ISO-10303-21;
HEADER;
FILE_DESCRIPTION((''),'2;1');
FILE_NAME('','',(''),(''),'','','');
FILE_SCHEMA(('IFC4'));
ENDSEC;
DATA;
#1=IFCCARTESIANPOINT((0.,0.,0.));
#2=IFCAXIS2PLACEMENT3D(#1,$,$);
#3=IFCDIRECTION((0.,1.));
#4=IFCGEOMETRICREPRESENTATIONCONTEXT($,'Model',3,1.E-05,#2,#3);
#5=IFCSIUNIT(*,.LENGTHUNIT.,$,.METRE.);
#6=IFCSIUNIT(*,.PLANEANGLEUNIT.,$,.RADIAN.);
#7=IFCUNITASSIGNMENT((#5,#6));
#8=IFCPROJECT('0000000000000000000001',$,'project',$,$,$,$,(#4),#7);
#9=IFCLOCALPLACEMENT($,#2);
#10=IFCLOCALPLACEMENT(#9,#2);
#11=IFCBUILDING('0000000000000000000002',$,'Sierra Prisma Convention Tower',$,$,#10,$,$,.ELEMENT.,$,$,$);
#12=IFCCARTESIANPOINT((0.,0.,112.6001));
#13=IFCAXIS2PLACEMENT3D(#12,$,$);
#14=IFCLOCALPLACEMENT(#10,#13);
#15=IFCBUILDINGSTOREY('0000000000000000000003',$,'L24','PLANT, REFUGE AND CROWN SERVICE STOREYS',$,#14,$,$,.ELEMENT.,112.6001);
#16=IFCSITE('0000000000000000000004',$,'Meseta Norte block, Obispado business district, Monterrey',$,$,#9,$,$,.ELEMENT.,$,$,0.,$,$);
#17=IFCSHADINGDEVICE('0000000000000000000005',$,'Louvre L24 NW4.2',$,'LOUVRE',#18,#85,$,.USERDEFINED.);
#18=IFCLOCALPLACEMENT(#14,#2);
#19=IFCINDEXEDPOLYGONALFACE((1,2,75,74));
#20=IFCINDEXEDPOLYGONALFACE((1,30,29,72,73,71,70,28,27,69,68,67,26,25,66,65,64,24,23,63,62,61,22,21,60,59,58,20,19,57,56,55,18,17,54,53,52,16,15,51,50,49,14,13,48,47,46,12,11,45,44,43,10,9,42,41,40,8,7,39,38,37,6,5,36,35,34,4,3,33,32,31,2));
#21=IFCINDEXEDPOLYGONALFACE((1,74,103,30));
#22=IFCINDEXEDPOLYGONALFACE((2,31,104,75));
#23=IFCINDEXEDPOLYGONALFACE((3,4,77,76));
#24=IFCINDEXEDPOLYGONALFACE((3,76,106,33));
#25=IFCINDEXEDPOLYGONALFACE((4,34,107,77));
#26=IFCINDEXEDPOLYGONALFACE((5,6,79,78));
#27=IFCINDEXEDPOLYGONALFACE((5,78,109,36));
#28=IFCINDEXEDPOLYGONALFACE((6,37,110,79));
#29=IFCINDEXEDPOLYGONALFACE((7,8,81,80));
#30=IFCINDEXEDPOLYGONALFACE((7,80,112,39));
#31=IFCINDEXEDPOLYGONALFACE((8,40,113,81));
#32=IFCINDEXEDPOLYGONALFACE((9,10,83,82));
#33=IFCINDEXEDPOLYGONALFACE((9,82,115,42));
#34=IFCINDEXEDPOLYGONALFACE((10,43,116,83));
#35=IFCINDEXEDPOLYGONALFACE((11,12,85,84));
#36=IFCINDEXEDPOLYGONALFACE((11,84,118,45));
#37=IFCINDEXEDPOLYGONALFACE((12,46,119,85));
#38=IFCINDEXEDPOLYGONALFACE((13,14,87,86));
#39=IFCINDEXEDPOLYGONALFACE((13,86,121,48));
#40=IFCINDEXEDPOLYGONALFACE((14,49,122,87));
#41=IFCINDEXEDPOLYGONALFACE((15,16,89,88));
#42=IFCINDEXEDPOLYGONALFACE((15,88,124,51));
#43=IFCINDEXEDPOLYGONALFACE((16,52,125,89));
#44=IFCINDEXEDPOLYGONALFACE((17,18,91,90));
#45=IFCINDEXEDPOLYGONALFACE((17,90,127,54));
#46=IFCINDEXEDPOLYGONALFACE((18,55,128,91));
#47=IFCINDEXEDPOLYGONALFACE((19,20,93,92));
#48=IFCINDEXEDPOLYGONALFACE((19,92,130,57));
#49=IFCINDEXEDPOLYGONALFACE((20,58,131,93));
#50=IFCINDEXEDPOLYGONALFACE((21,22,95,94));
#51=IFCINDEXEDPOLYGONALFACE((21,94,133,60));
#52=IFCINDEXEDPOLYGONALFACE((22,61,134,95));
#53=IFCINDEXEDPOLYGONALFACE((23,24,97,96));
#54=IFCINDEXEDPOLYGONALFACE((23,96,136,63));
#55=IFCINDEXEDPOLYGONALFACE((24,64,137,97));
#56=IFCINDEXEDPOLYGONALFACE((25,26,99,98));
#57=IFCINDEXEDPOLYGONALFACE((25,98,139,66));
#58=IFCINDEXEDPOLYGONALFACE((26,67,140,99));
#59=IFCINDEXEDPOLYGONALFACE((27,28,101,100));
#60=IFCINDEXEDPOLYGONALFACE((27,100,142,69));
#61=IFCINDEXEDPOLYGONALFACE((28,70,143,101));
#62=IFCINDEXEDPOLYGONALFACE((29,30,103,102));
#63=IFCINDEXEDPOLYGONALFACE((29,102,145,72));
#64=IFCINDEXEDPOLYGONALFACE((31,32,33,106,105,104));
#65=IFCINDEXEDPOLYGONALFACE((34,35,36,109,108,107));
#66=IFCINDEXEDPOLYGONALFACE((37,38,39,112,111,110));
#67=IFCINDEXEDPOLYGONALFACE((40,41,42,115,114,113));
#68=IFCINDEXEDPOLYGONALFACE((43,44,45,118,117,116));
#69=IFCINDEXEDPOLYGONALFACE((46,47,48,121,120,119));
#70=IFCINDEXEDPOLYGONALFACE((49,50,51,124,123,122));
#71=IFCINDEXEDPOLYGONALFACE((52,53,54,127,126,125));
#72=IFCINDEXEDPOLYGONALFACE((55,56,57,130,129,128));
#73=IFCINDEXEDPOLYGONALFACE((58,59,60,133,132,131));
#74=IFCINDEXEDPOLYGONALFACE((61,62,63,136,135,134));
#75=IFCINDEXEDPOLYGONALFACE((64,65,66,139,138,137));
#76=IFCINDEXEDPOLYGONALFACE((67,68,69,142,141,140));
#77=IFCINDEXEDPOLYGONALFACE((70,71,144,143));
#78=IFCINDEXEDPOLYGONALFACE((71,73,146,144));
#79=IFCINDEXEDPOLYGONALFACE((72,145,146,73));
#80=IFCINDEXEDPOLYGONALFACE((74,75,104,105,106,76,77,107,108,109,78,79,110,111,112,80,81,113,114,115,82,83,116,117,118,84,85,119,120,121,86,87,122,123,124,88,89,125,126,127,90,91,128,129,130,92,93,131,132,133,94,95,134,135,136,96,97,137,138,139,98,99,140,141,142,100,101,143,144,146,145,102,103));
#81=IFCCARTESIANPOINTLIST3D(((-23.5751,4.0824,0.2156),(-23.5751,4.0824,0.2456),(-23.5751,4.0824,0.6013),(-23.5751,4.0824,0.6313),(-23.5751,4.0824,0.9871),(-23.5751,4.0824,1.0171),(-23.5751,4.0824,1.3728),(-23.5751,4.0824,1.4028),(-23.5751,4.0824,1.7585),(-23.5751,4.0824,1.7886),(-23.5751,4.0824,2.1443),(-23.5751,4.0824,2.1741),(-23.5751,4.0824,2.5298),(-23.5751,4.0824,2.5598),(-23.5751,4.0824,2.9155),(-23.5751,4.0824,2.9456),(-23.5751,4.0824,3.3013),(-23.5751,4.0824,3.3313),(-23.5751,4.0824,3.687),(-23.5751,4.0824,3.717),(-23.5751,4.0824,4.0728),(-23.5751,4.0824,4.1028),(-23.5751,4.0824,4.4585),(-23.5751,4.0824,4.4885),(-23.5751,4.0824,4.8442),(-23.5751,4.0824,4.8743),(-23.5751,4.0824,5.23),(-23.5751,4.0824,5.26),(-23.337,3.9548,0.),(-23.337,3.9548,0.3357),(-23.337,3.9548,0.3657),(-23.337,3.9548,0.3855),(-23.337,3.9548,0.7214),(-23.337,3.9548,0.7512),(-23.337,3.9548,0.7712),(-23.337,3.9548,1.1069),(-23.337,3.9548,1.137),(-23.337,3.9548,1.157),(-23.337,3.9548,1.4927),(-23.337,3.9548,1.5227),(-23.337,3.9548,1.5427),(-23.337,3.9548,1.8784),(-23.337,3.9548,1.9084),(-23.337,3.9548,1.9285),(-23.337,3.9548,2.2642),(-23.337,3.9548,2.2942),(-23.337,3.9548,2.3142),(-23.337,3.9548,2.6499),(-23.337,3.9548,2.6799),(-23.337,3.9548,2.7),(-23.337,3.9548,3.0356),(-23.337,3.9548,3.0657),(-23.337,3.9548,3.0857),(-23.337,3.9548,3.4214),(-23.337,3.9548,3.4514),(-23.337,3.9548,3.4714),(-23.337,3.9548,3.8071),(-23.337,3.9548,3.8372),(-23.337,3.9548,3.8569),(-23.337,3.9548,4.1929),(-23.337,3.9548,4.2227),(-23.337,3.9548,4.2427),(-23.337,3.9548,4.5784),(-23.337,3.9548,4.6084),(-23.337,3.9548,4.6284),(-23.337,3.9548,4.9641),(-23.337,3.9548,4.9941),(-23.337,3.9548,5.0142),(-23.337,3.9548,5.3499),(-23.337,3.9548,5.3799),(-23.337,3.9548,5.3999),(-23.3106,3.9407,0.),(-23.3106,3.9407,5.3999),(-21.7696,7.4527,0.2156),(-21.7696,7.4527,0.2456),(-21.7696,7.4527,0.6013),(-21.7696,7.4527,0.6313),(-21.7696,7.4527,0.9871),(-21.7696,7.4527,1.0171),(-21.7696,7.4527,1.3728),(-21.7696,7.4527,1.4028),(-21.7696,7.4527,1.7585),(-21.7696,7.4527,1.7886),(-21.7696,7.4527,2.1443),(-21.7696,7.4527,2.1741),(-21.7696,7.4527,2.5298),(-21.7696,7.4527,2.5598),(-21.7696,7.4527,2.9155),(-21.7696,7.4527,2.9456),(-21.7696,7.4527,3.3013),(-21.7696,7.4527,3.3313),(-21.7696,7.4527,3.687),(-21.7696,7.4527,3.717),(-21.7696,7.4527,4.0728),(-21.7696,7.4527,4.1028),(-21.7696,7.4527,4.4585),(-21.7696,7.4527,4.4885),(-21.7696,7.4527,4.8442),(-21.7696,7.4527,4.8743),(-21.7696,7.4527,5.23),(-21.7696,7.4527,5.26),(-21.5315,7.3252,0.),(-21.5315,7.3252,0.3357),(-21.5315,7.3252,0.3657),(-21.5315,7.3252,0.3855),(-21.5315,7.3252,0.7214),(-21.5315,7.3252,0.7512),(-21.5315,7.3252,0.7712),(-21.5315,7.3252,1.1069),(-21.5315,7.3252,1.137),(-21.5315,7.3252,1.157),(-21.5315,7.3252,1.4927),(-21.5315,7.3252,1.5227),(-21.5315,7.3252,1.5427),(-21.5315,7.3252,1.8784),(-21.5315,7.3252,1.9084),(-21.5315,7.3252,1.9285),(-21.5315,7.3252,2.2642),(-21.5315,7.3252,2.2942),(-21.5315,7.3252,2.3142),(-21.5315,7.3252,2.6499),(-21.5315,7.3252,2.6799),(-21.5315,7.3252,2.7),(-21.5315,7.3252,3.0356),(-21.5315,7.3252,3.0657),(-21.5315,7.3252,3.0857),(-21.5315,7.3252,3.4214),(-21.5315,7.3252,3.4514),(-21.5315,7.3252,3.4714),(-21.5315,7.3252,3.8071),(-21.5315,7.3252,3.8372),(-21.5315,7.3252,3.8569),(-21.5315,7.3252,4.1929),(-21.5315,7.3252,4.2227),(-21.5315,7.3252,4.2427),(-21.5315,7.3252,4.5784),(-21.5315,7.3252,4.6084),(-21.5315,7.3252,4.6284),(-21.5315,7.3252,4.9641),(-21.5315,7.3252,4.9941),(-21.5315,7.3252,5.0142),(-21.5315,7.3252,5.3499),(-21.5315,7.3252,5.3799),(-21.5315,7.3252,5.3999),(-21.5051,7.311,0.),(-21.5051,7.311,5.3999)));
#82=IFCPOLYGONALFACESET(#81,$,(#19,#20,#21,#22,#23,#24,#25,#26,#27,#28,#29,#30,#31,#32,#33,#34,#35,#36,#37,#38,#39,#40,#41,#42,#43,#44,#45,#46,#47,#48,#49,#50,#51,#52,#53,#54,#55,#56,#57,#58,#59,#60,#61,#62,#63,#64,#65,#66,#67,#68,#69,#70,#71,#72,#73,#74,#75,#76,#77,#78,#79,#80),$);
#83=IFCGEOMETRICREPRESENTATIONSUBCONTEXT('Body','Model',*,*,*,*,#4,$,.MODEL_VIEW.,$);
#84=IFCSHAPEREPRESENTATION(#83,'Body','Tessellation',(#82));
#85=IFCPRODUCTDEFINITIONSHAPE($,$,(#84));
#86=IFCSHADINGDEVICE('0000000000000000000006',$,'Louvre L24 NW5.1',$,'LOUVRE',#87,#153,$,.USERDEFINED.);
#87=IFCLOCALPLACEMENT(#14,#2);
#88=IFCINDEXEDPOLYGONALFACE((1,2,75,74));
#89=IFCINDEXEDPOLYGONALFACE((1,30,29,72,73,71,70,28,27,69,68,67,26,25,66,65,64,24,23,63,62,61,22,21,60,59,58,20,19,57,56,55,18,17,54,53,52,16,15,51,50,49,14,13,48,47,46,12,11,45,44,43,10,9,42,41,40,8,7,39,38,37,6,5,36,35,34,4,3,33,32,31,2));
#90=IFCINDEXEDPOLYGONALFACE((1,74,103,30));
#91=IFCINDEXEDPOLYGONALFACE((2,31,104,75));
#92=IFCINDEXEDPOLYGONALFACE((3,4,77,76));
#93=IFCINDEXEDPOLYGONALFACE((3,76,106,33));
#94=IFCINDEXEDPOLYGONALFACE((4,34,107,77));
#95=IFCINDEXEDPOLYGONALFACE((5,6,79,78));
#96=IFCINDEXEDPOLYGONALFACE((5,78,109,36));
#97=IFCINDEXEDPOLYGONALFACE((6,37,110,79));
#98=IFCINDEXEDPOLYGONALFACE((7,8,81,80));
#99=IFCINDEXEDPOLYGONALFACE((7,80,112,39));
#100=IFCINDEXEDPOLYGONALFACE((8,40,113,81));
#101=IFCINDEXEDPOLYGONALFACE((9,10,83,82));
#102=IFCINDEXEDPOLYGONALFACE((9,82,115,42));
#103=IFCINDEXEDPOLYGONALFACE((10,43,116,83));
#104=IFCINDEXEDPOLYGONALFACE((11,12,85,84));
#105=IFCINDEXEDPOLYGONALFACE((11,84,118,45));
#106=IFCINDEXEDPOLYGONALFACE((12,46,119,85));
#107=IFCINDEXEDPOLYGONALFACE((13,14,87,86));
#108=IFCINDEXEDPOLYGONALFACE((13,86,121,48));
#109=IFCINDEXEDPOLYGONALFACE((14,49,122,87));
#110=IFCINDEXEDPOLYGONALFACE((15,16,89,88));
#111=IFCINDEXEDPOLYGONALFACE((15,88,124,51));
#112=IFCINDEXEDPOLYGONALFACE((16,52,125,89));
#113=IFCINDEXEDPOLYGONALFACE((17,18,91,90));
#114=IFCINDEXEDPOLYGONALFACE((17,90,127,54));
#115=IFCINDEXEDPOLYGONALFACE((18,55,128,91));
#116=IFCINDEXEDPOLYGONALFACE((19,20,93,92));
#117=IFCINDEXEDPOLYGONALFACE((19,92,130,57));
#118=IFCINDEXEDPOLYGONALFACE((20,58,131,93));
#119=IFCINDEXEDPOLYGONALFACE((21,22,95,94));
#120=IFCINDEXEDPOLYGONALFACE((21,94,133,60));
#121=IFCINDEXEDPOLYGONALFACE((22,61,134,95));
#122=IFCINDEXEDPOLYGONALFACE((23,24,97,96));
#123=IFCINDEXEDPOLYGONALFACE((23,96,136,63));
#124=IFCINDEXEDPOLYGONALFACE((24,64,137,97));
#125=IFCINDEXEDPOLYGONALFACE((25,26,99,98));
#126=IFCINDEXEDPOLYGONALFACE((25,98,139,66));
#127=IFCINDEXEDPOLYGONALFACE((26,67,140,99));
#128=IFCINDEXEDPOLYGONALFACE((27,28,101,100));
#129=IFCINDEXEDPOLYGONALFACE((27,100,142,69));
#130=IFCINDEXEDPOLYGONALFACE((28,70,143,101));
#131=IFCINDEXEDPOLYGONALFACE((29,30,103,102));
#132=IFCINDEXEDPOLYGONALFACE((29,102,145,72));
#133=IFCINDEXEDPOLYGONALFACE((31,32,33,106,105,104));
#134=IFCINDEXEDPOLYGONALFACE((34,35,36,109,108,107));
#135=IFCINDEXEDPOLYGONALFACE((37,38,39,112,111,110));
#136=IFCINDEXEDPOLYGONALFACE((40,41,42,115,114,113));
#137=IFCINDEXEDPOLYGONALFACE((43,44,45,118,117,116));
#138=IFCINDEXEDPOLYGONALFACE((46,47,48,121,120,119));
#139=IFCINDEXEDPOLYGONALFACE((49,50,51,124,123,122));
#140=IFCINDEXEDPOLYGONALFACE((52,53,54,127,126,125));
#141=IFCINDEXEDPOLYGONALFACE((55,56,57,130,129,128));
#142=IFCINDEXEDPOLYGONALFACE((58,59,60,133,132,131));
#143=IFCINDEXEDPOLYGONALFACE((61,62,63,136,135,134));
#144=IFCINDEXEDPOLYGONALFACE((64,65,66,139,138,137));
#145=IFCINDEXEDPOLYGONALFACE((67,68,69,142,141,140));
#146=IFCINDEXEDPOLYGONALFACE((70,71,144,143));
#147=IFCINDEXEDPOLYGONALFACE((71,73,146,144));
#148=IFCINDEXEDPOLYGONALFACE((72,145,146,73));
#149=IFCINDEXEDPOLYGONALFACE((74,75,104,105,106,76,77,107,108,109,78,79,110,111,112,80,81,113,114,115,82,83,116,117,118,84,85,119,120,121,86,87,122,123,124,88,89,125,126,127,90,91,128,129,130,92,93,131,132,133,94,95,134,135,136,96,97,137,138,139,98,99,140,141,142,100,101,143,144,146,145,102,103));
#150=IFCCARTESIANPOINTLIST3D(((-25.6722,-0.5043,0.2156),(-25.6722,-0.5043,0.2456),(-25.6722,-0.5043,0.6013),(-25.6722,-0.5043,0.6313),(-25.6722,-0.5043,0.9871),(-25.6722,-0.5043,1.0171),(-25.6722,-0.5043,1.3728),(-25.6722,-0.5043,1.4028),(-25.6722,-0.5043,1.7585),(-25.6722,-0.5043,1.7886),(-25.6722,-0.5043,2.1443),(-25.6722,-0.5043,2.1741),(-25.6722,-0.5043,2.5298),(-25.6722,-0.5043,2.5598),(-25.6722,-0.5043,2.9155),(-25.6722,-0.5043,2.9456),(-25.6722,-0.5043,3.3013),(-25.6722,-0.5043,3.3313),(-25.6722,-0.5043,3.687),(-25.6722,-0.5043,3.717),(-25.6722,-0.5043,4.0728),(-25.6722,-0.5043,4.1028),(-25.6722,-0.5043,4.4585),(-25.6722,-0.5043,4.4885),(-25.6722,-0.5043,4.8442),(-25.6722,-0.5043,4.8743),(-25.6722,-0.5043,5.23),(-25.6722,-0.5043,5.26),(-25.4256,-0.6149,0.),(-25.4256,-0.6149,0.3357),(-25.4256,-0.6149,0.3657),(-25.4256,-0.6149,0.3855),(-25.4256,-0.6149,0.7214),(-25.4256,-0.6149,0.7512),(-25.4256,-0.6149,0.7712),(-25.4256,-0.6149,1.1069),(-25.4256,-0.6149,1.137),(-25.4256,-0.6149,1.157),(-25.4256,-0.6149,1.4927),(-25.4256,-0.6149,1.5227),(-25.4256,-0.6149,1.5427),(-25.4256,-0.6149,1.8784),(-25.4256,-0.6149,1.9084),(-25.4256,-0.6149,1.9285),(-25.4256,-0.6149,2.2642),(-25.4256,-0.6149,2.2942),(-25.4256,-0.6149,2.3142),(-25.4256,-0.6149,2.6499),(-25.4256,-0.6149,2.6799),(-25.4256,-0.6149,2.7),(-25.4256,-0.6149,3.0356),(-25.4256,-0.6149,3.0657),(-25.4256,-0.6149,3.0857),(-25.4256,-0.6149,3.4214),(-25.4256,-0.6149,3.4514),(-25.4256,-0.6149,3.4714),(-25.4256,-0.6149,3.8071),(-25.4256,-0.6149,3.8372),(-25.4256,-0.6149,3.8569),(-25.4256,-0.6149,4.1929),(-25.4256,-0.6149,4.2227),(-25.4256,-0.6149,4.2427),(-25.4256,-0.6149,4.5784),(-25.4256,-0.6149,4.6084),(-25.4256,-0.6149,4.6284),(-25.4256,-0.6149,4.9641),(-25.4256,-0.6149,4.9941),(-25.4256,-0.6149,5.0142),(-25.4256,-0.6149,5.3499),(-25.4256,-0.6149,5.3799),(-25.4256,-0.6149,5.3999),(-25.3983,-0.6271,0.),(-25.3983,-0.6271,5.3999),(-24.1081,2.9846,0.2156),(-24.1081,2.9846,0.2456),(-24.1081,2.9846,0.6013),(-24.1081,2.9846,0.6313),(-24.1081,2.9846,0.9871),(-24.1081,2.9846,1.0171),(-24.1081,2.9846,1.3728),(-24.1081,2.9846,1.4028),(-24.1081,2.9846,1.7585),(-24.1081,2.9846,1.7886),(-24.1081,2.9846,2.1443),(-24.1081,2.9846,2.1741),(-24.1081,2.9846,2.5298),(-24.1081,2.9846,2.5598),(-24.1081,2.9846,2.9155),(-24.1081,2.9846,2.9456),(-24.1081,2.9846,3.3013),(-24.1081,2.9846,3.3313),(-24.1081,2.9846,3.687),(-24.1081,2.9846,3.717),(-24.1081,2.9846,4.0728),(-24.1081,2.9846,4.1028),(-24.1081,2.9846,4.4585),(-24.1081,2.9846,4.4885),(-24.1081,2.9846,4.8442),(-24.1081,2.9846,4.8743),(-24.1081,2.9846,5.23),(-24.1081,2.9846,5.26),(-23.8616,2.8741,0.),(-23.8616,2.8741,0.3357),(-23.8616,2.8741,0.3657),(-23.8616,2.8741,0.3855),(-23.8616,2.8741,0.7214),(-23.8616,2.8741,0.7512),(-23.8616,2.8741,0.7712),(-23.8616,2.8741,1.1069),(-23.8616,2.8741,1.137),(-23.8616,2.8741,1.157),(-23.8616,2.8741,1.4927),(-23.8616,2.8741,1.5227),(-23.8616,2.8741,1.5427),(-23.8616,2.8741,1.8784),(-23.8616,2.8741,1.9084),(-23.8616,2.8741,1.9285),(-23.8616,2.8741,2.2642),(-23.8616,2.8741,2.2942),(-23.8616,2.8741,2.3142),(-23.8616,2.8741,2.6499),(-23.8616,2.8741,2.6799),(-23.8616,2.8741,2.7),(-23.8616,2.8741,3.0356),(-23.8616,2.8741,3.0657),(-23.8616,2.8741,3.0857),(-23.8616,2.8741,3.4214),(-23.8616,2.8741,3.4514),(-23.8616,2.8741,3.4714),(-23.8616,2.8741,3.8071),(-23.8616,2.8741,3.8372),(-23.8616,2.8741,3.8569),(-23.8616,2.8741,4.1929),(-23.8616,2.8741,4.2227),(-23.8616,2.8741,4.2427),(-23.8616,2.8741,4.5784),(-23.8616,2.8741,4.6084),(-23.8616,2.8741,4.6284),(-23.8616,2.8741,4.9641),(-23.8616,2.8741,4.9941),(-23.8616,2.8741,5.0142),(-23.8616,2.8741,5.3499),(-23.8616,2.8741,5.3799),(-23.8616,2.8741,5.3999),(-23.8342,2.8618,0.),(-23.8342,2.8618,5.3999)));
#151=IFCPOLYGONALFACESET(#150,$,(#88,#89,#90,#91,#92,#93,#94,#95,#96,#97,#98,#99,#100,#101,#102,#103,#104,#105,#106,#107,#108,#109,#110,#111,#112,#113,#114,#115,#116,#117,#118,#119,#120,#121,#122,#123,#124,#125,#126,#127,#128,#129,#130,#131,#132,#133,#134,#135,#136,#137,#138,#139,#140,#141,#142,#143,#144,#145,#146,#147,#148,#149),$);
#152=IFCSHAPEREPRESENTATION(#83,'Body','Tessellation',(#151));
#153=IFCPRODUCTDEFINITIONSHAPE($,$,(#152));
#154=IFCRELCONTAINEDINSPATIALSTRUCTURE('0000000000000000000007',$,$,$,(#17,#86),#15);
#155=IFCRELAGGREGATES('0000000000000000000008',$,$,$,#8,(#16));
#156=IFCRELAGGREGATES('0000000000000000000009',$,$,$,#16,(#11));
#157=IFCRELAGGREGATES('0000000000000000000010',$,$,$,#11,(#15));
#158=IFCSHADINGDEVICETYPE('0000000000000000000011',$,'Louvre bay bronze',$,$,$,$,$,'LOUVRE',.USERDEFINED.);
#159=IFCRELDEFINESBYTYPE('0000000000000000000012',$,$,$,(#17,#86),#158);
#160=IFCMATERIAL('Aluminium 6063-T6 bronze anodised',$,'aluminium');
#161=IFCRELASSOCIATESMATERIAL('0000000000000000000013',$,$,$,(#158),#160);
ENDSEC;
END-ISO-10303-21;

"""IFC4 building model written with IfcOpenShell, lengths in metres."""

from ifc_helpers import new_model, si_unit, direction, frame, origin, place, context, subcontext, project, spatial, polyline, outline, extrude, material, type_object, element, save


model = new_model("IFC4")

# Units and contexts
model_context = context("Model", 3, precision=1e-05, world=origin(), true_north=direction((0.0, 1.0)))
body_context = subcontext(model_context, "Body", "Model", "MODEL_VIEW")
ifc_project = project(units=[si_unit("LENGTHUNIT", "METRE"), si_unit("PLANEANGLEUNIT", "RADIAN")], contexts=[model_context])

# Site, building, storey
site_placement = place(None, origin())
site = spatial("IfcSite", under=ifc_project, at=site_placement, Name="Meseta Norte block, Obispado business district, Monterrey", CompositionType="ELEMENT", RefElevation=0.0)
building_placement = place(site_placement, origin())
building = spatial("IfcBuilding", under=site, at=building_placement, Name="Sierra Prisma Convention Tower", CompositionType="ELEMENT")
storey_placement = place(building_placement, frame((0.0, 0.0, 112.6001)))
storey = spatial("IfcBuildingStorey", under=building, at=storey_placement, Name="L24", Description="PLANT, REFUGE AND CROWN SERVICE STOREYS", CompositionType="ELEMENT", Elevation=112.6001)

# Shading devices
ifc_material_1 = material(Name="Aluminium 6063-T6 bronze anodised", Category="aluminium")
shading_device_type = type_object("IfcShadingDeviceType", Name="Louvre bay bronze", ElementType="LOUVRE", PredefinedType="USERDEFINED", material=ifc_material_1)
shading_device_1_placement = place(storey_placement, frame((-21.5051, 7.311, 0.0), z_axis=(0.472215, 0.881483, 0.0), x_axis=(0.0, 0.0, 1.0)))
element("IfcShadingDevice", 1, at=shading_device_1_placement, inside=storey, type_object=shading_device_type, Name="Louvre L24 NW4.2", ObjectType="LOUVRE", PredefinedType="USERDEFINED", context=body_context, shape_type="SweptSolid", body=[
    extrude(outline(polyline([(0.0, 0.0), (5.3999, 0.0), (5.3999, -0.0299), (5.3799, -0.0299), (5.26, -0.3), (5.23, -0.3), (5.3499, -0.0299), (5.0142, -0.0299), (4.9941, -0.0299), (4.8743, -0.3), (4.8442, -0.3), (4.9641, -0.0299), (4.6284, -0.0299), (4.6084, -0.0299), (4.4885, -0.3), (4.4585, -0.3), (4.5784, -0.0299), (4.2427, -0.0299), (4.2227, -0.0299), (4.1028, -0.3), (4.0728, -0.3), (4.1929, -0.0299), (3.8569, -0.0299), (3.8372, -0.0299), (3.717, -0.3), (3.687, -0.3), (3.8071, -0.0299), (3.4714, -0.0299), (3.4514, -0.0299), (3.3313, -0.3), (3.3013, -0.3), (3.4214, -0.0299), (3.0857, -0.0299), (3.0657, -0.0299), (2.9456, -0.3), (2.9155, -0.3), (3.0356, -0.0299), (2.7, -0.0299), (2.6799, -0.0299), (2.5598, -0.3), (2.5298, -0.3), (2.6499, -0.0299), (2.3142, -0.0299), (2.2942, -0.0299), (2.1741, -0.3), (2.1443, -0.3), (2.2642, -0.0299), (1.9285, -0.0299), (1.9084, -0.0299), (1.7886, -0.3), (1.7585, -0.3), (1.8784, -0.0299), (1.5427, -0.0299), (1.5227, -0.0299), (1.4028, -0.3), (1.3728, -0.3), (1.4927, -0.0299), (1.157, -0.0299), (1.137, -0.0299), (1.0171, -0.3), (0.9871, -0.3), (1.1069, -0.0299), (0.7712, -0.0299), (0.7512, -0.0299), (0.6313, -0.3), (0.6013, -0.3), (0.7214, -0.0299), (0.3855, -0.0299), (0.3657, -0.0299), (0.2456, -0.3), (0.2156, -0.3), (0.3357, -0.0299), (0.0, -0.0299), (0.0, 0.0)])), origin(), (0.0, 0.0, -1.0), 3.8235),
])
shading_device_2_placement = place(storey_placement, frame((-23.8342, 2.8618, 0.0), z_axis=(0.409065, 0.912505, 0.0), x_axis=(0.0, 0.0, 1.0)))
element("IfcShadingDevice", 2, at=shading_device_2_placement, inside=storey, type_object=shading_device_type, Name="Louvre L24 NW5.1", ObjectType="LOUVRE", PredefinedType="USERDEFINED", context=body_context, shape_type="SweptSolid", body=[
    extrude(outline(polyline([(0.0, 0.0), (5.3999, 0.0), (5.3999, -0.0299), (5.3799, -0.0299), (5.26, -0.3002), (5.23, -0.3002), (5.3499, -0.0299), (5.0142, -0.0299), (4.9941, -0.0299), (4.8743, -0.3002), (4.8442, -0.3002), (4.9641, -0.0299), (4.6284, -0.0299), (4.6084, -0.0299), (4.4885, -0.3002), (4.4585, -0.3002), (4.5784, -0.0299), (4.2427, -0.0299), (4.2227, -0.0299), (4.1028, -0.3002), (4.0728, -0.3002), (4.1929, -0.0299), (3.8569, -0.0299), (3.8372, -0.0299), (3.717, -0.3002), (3.687, -0.3002), (3.8071, -0.0299), (3.4714, -0.0299), (3.4514, -0.0299), (3.3313, -0.3002), (3.3013, -0.3002), (3.4214, -0.0299), (3.0857, -0.0299), (3.0657, -0.0299), (2.9456, -0.3002), (2.9155, -0.3002), (3.0356, -0.0299), (2.7, -0.0299), (2.6799, -0.0299), (2.5598, -0.3002), (2.5298, -0.3002), (2.6499, -0.0299), (2.3142, -0.0299), (2.2942, -0.0299), (2.1741, -0.3002), (2.1443, -0.3002), (2.2642, -0.0299), (1.9285, -0.0299), (1.9084, -0.0299), (1.7886, -0.3002), (1.7585, -0.3002), (1.8784, -0.0299), (1.5427, -0.0299), (1.5227, -0.0299), (1.4028, -0.3002), (1.3728, -0.3002), (1.4927, -0.0299), (1.157, -0.0299), (1.137, -0.0299), (1.0171, -0.3002), (0.9871, -0.3002), (1.1069, -0.0299), (0.7712, -0.0299), (0.7512, -0.0299), (0.6313, -0.3002), (0.6013, -0.3002), (0.7214, -0.0299), (0.3855, -0.0299), (0.3657, -0.0299), (0.2456, -0.3002), (0.2156, -0.3002), (0.3357, -0.0299), (0.0, -0.0299), (0.0, 0.0)])), origin(), (0.0, 0.0, -1.0), 3.8235),
])

save(model, "model.ifc")
